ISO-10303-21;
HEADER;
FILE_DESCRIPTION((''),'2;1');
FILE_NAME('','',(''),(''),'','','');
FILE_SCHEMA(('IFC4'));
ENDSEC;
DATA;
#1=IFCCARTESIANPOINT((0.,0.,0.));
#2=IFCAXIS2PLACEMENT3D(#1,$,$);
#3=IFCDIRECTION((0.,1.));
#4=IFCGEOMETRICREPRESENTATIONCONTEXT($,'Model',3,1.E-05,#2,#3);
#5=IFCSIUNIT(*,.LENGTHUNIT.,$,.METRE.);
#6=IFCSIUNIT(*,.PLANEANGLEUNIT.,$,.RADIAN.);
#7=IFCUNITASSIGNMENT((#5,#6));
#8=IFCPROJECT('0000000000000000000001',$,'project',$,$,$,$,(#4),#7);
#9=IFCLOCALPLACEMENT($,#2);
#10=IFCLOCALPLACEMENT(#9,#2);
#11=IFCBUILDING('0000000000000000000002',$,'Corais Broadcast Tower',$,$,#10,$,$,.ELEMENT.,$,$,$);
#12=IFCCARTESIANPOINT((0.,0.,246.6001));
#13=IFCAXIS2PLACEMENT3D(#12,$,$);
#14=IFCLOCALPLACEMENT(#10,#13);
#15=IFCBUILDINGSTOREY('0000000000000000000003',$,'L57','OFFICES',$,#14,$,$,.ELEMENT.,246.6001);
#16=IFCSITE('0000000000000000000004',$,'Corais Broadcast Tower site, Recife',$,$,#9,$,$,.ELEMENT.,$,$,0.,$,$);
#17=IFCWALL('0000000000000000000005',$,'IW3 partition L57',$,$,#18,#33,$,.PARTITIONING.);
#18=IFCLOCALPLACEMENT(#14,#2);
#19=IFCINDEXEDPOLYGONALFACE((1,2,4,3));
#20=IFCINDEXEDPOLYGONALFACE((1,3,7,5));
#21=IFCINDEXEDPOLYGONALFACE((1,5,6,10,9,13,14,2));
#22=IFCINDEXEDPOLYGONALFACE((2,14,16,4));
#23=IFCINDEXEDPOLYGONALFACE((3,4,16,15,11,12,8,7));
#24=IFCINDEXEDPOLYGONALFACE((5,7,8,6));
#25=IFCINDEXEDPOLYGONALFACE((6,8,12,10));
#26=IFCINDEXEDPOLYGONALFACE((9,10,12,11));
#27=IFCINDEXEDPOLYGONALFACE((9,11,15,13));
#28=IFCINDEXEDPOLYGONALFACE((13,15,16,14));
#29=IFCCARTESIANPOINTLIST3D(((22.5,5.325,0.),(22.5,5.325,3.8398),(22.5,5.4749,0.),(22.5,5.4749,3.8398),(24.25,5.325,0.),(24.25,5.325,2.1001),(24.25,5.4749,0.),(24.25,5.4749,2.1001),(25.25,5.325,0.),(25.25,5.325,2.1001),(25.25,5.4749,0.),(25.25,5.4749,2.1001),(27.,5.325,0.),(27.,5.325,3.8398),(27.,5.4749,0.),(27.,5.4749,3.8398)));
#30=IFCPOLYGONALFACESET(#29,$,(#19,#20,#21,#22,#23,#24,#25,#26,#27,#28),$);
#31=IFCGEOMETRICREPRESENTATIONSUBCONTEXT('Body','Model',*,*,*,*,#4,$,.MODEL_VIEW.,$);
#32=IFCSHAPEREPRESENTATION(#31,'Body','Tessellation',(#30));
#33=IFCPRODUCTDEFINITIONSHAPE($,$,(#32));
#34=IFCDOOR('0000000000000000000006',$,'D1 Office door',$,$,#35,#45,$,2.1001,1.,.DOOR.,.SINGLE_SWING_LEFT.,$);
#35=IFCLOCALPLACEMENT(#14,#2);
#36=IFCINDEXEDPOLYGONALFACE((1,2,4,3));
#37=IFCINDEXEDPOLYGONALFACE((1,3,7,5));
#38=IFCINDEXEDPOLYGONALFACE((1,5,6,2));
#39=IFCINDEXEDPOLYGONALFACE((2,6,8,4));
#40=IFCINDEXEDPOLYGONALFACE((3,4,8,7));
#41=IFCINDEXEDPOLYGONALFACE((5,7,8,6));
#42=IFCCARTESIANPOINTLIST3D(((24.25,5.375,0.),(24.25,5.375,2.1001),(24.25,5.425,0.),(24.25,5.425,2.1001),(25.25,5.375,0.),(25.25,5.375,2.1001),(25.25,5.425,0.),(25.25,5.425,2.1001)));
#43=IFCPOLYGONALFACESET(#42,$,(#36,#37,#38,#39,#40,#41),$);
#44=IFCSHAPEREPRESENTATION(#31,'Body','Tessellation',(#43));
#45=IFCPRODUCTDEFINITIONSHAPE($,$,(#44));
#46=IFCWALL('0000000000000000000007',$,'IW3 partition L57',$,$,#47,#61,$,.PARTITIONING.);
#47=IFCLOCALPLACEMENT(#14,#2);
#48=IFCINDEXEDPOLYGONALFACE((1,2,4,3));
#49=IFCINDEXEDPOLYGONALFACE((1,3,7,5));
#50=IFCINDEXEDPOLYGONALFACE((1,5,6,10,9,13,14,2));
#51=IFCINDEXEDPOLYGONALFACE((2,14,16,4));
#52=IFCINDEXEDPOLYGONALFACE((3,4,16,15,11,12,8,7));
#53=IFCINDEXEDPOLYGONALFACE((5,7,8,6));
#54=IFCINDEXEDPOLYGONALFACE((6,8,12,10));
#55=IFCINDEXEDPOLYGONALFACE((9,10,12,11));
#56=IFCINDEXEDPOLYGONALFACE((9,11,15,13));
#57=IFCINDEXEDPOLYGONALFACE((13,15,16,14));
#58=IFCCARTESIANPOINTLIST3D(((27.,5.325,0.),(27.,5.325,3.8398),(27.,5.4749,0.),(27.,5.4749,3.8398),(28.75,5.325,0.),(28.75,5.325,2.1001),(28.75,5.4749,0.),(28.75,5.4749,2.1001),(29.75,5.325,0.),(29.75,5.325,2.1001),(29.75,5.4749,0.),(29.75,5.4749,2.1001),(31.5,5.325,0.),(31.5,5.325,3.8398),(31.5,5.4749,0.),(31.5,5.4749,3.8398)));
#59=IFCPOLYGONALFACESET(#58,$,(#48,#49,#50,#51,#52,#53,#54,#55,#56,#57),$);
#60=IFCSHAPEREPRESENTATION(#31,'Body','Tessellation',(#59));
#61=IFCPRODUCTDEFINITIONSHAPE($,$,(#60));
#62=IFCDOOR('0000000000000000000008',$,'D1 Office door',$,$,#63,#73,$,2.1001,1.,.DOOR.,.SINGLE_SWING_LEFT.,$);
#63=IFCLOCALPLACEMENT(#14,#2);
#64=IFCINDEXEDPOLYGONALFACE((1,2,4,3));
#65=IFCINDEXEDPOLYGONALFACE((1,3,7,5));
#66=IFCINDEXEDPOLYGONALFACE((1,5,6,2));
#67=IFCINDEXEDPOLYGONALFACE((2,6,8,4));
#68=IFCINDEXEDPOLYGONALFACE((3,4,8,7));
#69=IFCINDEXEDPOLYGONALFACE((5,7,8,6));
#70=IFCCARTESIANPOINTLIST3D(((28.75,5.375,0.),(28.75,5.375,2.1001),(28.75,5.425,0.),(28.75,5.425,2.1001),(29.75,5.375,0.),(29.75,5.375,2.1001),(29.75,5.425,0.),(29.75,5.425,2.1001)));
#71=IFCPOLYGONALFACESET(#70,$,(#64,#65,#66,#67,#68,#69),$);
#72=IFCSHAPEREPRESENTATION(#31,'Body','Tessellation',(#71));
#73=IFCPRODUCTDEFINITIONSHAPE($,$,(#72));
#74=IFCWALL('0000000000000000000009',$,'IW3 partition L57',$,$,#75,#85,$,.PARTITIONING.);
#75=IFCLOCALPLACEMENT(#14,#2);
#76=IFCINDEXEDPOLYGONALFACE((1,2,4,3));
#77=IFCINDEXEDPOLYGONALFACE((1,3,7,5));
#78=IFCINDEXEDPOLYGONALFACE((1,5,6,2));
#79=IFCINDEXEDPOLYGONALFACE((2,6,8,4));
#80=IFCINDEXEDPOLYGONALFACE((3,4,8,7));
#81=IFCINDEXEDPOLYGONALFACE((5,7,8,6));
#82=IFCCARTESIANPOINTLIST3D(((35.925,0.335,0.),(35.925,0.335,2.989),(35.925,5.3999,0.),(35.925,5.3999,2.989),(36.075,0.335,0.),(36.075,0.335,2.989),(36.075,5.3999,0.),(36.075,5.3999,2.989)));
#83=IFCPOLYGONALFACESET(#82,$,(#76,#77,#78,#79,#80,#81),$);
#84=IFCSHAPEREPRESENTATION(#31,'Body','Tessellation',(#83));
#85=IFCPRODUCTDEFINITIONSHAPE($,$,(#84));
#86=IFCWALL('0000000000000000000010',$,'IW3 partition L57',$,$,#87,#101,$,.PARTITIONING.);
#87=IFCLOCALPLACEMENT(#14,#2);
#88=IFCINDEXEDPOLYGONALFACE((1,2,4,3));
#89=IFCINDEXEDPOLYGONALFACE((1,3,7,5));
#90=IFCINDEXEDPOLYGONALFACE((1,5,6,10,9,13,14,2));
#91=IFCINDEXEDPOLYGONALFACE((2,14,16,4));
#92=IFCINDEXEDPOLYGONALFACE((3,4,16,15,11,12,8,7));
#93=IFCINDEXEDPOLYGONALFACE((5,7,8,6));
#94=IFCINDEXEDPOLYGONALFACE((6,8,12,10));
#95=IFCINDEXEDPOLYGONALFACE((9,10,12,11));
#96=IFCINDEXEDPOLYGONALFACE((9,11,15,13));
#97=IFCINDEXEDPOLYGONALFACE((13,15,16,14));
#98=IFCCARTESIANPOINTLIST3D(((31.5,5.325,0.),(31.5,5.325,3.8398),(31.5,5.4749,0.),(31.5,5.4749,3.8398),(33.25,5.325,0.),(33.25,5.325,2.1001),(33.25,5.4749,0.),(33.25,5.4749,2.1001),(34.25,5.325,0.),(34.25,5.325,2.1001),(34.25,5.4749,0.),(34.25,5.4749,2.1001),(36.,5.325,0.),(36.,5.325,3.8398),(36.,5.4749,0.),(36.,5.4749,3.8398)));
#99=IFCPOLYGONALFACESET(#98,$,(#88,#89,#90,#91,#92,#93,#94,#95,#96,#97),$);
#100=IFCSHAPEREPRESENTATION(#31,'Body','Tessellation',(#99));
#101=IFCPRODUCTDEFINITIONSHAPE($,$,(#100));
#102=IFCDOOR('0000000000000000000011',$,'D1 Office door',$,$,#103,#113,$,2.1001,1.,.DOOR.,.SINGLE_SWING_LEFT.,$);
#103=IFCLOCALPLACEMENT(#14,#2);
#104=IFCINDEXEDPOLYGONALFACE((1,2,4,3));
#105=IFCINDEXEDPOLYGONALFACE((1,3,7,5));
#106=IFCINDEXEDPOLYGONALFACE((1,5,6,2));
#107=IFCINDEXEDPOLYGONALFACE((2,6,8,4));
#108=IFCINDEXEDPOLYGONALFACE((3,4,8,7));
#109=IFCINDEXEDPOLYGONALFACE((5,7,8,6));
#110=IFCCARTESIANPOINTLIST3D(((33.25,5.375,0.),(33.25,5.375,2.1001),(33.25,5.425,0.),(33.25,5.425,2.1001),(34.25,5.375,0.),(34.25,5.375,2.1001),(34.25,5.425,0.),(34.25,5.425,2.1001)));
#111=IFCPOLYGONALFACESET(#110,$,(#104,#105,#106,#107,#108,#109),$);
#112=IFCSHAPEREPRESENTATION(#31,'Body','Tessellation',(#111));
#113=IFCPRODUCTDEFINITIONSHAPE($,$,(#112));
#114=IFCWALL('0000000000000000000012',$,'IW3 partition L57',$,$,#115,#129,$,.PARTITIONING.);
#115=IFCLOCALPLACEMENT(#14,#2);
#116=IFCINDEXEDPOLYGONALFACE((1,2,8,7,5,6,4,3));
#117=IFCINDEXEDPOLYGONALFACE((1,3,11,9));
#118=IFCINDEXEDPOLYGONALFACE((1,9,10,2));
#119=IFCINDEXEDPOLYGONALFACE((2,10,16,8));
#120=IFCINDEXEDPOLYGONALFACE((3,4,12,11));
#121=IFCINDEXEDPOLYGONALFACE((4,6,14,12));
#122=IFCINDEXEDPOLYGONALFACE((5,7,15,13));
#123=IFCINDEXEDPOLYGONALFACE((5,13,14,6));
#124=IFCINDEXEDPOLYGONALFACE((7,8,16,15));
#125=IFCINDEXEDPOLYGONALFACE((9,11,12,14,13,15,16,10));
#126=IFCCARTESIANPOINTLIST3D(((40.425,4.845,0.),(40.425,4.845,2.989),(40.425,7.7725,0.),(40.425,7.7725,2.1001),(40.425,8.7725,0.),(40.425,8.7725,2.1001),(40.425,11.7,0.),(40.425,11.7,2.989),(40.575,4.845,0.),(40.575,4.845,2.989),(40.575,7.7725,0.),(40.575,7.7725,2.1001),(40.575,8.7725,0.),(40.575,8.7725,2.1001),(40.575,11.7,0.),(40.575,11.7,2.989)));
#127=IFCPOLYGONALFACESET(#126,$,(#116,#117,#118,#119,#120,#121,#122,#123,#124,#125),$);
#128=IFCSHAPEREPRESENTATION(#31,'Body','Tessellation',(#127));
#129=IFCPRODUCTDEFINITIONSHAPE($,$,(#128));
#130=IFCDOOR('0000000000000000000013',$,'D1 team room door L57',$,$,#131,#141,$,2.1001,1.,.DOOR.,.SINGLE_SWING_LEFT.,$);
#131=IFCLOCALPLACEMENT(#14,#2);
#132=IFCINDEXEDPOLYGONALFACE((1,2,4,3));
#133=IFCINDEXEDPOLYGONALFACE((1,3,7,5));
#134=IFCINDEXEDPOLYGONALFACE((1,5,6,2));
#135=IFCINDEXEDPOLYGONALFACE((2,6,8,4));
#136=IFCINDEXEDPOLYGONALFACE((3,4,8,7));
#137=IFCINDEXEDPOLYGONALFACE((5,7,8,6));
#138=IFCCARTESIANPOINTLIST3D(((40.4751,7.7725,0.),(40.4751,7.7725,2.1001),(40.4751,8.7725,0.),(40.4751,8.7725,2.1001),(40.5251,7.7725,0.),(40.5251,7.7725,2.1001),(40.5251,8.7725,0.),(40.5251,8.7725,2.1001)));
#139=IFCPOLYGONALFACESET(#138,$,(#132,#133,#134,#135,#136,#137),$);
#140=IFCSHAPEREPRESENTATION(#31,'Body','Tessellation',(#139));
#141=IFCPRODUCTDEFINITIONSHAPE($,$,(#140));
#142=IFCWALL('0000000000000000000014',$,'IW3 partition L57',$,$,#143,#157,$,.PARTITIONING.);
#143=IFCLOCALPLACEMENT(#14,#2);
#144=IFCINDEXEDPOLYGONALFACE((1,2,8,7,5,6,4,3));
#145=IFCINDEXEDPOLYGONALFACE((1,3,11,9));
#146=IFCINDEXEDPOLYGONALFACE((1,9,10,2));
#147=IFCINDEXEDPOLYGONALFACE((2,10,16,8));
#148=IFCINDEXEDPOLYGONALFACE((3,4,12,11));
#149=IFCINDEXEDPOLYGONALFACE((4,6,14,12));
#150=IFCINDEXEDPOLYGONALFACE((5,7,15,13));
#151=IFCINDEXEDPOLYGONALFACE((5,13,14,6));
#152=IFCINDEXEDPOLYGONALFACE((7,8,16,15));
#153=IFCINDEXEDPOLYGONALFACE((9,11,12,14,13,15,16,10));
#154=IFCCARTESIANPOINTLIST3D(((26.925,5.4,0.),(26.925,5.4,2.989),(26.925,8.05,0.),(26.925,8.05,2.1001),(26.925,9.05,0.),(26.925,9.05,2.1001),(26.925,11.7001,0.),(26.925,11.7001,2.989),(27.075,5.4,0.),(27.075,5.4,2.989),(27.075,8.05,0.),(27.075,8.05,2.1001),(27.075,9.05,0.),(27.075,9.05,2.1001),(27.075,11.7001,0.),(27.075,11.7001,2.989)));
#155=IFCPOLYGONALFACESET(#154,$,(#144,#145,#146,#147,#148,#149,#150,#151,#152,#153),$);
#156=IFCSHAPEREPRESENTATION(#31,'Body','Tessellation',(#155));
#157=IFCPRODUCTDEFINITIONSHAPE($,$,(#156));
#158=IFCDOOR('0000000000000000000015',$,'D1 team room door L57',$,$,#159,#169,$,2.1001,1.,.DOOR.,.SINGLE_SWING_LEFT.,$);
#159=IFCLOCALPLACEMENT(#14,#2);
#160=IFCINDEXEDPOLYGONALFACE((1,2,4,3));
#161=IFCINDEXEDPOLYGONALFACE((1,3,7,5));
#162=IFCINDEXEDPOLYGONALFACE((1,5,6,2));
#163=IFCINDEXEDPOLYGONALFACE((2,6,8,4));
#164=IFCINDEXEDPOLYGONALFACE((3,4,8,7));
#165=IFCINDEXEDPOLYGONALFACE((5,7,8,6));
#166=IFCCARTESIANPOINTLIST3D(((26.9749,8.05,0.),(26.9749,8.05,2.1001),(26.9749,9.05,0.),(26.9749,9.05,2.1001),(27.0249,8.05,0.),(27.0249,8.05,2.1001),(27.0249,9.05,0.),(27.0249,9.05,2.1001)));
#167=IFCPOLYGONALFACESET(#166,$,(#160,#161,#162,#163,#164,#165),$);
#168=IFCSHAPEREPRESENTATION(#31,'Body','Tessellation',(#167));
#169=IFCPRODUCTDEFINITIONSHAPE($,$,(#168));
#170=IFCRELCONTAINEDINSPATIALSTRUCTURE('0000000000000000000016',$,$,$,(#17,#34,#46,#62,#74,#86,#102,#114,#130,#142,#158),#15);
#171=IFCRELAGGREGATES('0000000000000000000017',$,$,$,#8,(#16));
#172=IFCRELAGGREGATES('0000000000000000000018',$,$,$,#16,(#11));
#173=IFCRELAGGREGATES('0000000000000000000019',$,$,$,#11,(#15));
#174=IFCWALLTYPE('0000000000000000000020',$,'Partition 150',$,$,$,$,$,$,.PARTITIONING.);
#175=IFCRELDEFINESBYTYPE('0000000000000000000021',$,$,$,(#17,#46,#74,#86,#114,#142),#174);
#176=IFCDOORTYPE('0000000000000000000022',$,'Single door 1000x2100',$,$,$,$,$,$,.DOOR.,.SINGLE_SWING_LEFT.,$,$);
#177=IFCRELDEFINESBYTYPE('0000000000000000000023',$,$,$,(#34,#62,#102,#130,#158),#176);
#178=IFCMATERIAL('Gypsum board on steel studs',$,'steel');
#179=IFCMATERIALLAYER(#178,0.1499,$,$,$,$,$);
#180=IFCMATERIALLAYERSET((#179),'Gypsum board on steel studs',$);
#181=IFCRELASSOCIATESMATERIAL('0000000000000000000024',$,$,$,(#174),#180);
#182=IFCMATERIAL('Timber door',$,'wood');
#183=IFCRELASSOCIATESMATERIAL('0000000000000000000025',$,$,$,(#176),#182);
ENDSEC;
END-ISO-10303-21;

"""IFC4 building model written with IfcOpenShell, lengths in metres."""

from ifc_helpers import new_model, si_unit, direction, frame, frame_2d, origin, place, context, subcontext, project, spatial, rectangle, extrude, material, layer, layer_set, type_object, element, fill, save


model = new_model("IFC4")

# Units and contexts
model_context = context("Model", 3, precision=1e-05, world=origin(), true_north=direction((0.0, 1.0)))
body_context = subcontext(model_context, "Body", "Model", "MODEL_VIEW")
ifc_project = project(units=[si_unit("LENGTHUNIT", "METRE"), si_unit("PLANEANGLEUNIT", "RADIAN")], contexts=[model_context])

# Site, building, storey
site_placement = place(None, origin())
site = spatial("IfcSite", under=ifc_project, at=site_placement, Name="Corais Broadcast Tower site, Recife", CompositionType="ELEMENT", RefElevation=0.0)
building_placement = place(site_placement, origin())
building = spatial("IfcBuilding", under=site, at=building_placement, Name="Corais Broadcast Tower", CompositionType="ELEMENT")
storey_placement = place(building_placement, frame((0.0, 0.0, 246.6001)))
storey = spatial("IfcBuildingStorey", under=building, at=storey_placement, Name="L57", Description="OFFICES", CompositionType="ELEMENT", Elevation=246.6001)

# Walls, openings, doors
ifc_material_1 = material(Name="Gypsum board on steel studs", Category="steel")
ifc_layer_1 = layer(ifc_material_1, 0.1499)
ifc_layer_set_1 = layer_set([ifc_layer_1], Name="Gypsum board on steel studs")
wall_type_1 = type_object("IfcWallType", Name="Partition 150", PredefinedType="PARTITIONING", material=ifc_layer_set_1)
wall_1_placement = place(storey_placement, frame((27.0, 5.3999, 0.0), z_axis=(0.0, 0.0, 1.0), x_axis=(-1.0, 0.0, 0.0)))
wall_1 = element("IfcWall", 1, at=wall_1_placement, inside=storey, type_object=wall_type_1, Name="IW3 partition L57", PredefinedType="PARTITIONING", context=body_context, shape_type="SweptSolid", body=[
    extrude(rectangle(XDim=4.5, YDim=0.1499, at=frame_2d((2.25, 0.0))), origin(), (0.0, 0.0, 1.0), 3.8398),
])
opening_1_placement = place(wall_1_placement, frame((1.75, 0.0, 0.0)))
opening_1 = element("IfcOpeningElement", 2, at=opening_1_placement, cuts=wall_1, PredefinedType="OPENING", context=body_context, shape_type="SweptSolid", body=[
    extrude(rectangle(XDim=1.0, YDim=2.1001, at=frame_2d((0.5, 1.05))), frame((0.0, 0.085, 0.0), z_axis=(0.0, -1.0, 0.0), x_axis=(1.0, 0.0, 0.0)), (0.0, 0.0, 1.0), 0.1699),
])
ifc_material_2 = material(Name="Timber door", Category="wood")
door_type = type_object("IfcDoorType", Name="Single door 1000x2100", OperationType="SINGLE_SWING_LEFT", PredefinedType="DOOR", material=ifc_material_2)
door_1_placement = place(opening_1_placement, origin())
door_1 = element("IfcDoor", 3, at=door_1_placement, inside=storey, type_object=door_type, Name="D1 Office door", OperationType="SINGLE_SWING_LEFT", OverallHeight=2.1001, OverallWidth=1.0, PredefinedType="DOOR", context=body_context, shape_type="SweptSolid", body=[
    extrude(rectangle(XDim=1.0, YDim=2.1001, at=frame_2d((0.5, 1.05))), frame((0.0, 0.0249, 0.0), z_axis=(0.0, -1.0, 0.0), x_axis=(1.0, 0.0, 0.0)), (0.0, 0.0, 1.0), 0.05),
])
fill(opening_1, door_1)
wall_2_placement = place(storey_placement, frame((31.5, 5.3999, 0.0), z_axis=(0.0, 0.0, 1.0), x_axis=(-1.0, 0.0, 0.0)))
wall_2 = element("IfcWall", 4, at=wall_2_placement, inside=storey, type_object=wall_type_1, Name="IW3 partition L57", PredefinedType="PARTITIONING", context=body_context, shape_type="SweptSolid", body=[
    extrude(rectangle(XDim=4.5, YDim=0.1499, at=frame_2d((2.25, 0.0))), origin(), (0.0, 0.0, 1.0), 3.8398),
])
opening_2_placement = place(wall_2_placement, frame((1.75, 0.0, 0.0)))
opening_2 = element("IfcOpeningElement", 5, at=opening_2_placement, cuts=wall_2, PredefinedType="OPENING", context=body_context, shape_type="SweptSolid", body=[
    extrude(rectangle(XDim=1.0, YDim=2.1001, at=frame_2d((0.5, 1.05))), frame((0.0, 0.085, 0.0), z_axis=(0.0, -1.0, 0.0), x_axis=(1.0, 0.0, 0.0)), (0.0, 0.0, 1.0), 0.1699),
])
door_2_placement = place(opening_2_placement, origin())
door_2 = element("IfcDoor", 6, at=door_2_placement, inside=storey, type_object=door_type, Name="D1 Office door", OperationType="SINGLE_SWING_LEFT", OverallHeight=2.1001, OverallWidth=1.0, PredefinedType="DOOR", context=body_context, shape_type="SweptSolid", body=[
    extrude(rectangle(XDim=1.0, YDim=2.1001, at=frame_2d((0.5, 1.05))), frame((0.0, 0.0249, 0.0), z_axis=(0.0, -1.0, 0.0), x_axis=(1.0, 0.0, 0.0)), (0.0, 0.0, 1.0), 0.05),
])
fill(opening_2, door_2)

# Wall
wall_3_placement = place(storey_placement, frame((36.0, 0.335, 0.0), z_axis=(0.0, 0.0, 1.0), x_axis=(0.0, 1.0, 0.0)))
element("IfcWall", 7, at=wall_3_placement, inside=storey, type_object=wall_type_1, Name="IW3 partition L57", PredefinedType="PARTITIONING", context=body_context, shape_type="SweptSolid", body=[
    extrude(rectangle(XDim=5.0649, YDim=0.1499, at=frame_2d((2.5325, 0.0))), origin(), (0.0, 0.0, 1.0), 2.989),
])

# Walls, openings, doors
wall_4_placement = place(storey_placement, frame((36.0, 5.3999, 0.0), z_axis=(0.0, 0.0, 1.0), x_axis=(-1.0, 0.0, 0.0)))
wall_4 = element("IfcWall", 8, at=wall_4_placement, inside=storey, type_object=wall_type_1, Name="IW3 partition L57", PredefinedType="PARTITIONING", context=body_context, shape_type="SweptSolid", body=[
    extrude(rectangle(XDim=4.5, YDim=0.1499, at=frame_2d((2.25, 0.0))), origin(), (0.0, 0.0, 1.0), 3.8398),
])
opening_3_placement = place(wall_4_placement, frame((1.75, 0.0, 0.0)))
opening_3 = element("IfcOpeningElement", 9, at=opening_3_placement, cuts=wall_4, PredefinedType="OPENING", context=body_context, shape_type="SweptSolid", body=[
    extrude(rectangle(XDim=1.0, YDim=2.1001, at=frame_2d((0.5, 1.05))), frame((0.0, 0.085, 0.0), z_axis=(0.0, -1.0, 0.0), x_axis=(1.0, 0.0, 0.0)), (0.0, 0.0, 1.0), 0.1699),
])
door_3_placement = place(opening_3_placement, origin())
door_3 = element("IfcDoor", 10, at=door_3_placement, inside=storey, type_object=door_type, Name="D1 Office door", OperationType="SINGLE_SWING_LEFT", OverallHeight=2.1001, OverallWidth=1.0, PredefinedType="DOOR", context=body_context, shape_type="SweptSolid", body=[
    extrude(rectangle(XDim=1.0, YDim=2.1001, at=frame_2d((0.5, 1.05))), frame((0.0, 0.0249, 0.0), z_axis=(0.0, -1.0, 0.0), x_axis=(1.0, 0.0, 0.0)), (0.0, 0.0, 1.0), 0.05),
])
fill(opening_3, door_3)
wall_5_placement = place(storey_placement, frame((40.5, 4.845, 0.0), z_axis=(0.0, 0.0, 1.0), x_axis=(0.0, 1.0, 0.0)))
wall_5 = element("IfcWall", 11, at=wall_5_placement, inside=storey, type_object=wall_type_1, Name="IW3 partition L57", PredefinedType="PARTITIONING", context=body_context, shape_type="SweptSolid", body=[
    extrude(rectangle(XDim=6.855, YDim=0.1499, at=frame_2d((3.4275, 0.0))), origin(), (0.0, 0.0, 1.0), 2.989),
])
opening_4_placement = place(wall_5_placement, frame((2.9275, 0.0, 0.0)))
opening_4 = element("IfcOpeningElement", 12, at=opening_4_placement, cuts=wall_5, PredefinedType="OPENING", context=body_context, shape_type="SweptSolid", body=[
    extrude(rectangle(XDim=1.0, YDim=2.1001, at=frame_2d((0.5, 1.05))), frame((0.0, 0.085, 0.0), z_axis=(0.0, -1.0, 0.0), x_axis=(1.0, 0.0, 0.0)), (0.0, 0.0, 1.0), 0.1699),
])
door_4_placement = place(opening_4_placement, origin())
door_4 = element("IfcDoor", 13, at=door_4_placement, inside=storey, type_object=door_type, Name="D1 team room door L57", OperationType="SINGLE_SWING_LEFT", OverallHeight=2.1001, OverallWidth=1.0, PredefinedType="DOOR", context=body_context, shape_type="SweptSolid", body=[
    extrude(rectangle(XDim=1.0, YDim=2.1001, at=frame_2d((0.5, 1.05))), frame((0.0, 0.0249, 0.0), z_axis=(0.0, -1.0, 0.0), x_axis=(1.0, 0.0, 0.0)), (0.0, 0.0, 1.0), 0.05),
])
fill(opening_4, door_4)
wall_6_placement = place(storey_placement, frame((27.0, 11.7, 0.0), z_axis=(0.0, 0.0, 1.0), x_axis=(0.0, -1.0, 0.0)))
wall_6 = element("IfcWall", 14, at=wall_6_placement, inside=storey, type_object=wall_type_1, Name="IW3 partition L57", PredefinedType="PARTITIONING", context=body_context, shape_type="SweptSolid", body=[
    extrude(rectangle(XDim=6.3, YDim=0.1499, at=frame_2d((3.1499, 0.0))), origin(), (0.0, 0.0, 1.0), 2.989),
])
opening_5_placement = place(wall_6_placement, frame((2.6499, 0.0, 0.0)))
opening_5 = element("IfcOpeningElement", 15, at=opening_5_placement, cuts=wall_6, PredefinedType="OPENING", context=body_context, shape_type="SweptSolid", body=[
    extrude(rectangle(XDim=1.0, YDim=2.1001, at=frame_2d((0.5, 1.05))), frame((0.0, 0.085, 0.0), z_axis=(0.0, -1.0, 0.0), x_axis=(1.0, 0.0, 0.0)), (0.0, 0.0, 1.0), 0.1699),
])
door_5_placement = place(opening_5_placement, origin())
door_5 = element("IfcDoor", 16, at=door_5_placement, inside=storey, type_object=door_type, Name="D1 team room door L57", OperationType="SINGLE_SWING_LEFT", OverallHeight=2.1001, OverallWidth=1.0, PredefinedType="DOOR", context=body_context, shape_type="SweptSolid", body=[
    extrude(rectangle(XDim=1.0, YDim=2.1001, at=frame_2d((0.5, 1.05))), frame((0.0, 0.0249, 0.0), z_axis=(0.0, -1.0, 0.0), x_axis=(1.0, 0.0, 0.0)), (0.0, 0.0, 1.0), 0.05),
])
fill(opening_5, door_5)

save(model, "model.ifc")
